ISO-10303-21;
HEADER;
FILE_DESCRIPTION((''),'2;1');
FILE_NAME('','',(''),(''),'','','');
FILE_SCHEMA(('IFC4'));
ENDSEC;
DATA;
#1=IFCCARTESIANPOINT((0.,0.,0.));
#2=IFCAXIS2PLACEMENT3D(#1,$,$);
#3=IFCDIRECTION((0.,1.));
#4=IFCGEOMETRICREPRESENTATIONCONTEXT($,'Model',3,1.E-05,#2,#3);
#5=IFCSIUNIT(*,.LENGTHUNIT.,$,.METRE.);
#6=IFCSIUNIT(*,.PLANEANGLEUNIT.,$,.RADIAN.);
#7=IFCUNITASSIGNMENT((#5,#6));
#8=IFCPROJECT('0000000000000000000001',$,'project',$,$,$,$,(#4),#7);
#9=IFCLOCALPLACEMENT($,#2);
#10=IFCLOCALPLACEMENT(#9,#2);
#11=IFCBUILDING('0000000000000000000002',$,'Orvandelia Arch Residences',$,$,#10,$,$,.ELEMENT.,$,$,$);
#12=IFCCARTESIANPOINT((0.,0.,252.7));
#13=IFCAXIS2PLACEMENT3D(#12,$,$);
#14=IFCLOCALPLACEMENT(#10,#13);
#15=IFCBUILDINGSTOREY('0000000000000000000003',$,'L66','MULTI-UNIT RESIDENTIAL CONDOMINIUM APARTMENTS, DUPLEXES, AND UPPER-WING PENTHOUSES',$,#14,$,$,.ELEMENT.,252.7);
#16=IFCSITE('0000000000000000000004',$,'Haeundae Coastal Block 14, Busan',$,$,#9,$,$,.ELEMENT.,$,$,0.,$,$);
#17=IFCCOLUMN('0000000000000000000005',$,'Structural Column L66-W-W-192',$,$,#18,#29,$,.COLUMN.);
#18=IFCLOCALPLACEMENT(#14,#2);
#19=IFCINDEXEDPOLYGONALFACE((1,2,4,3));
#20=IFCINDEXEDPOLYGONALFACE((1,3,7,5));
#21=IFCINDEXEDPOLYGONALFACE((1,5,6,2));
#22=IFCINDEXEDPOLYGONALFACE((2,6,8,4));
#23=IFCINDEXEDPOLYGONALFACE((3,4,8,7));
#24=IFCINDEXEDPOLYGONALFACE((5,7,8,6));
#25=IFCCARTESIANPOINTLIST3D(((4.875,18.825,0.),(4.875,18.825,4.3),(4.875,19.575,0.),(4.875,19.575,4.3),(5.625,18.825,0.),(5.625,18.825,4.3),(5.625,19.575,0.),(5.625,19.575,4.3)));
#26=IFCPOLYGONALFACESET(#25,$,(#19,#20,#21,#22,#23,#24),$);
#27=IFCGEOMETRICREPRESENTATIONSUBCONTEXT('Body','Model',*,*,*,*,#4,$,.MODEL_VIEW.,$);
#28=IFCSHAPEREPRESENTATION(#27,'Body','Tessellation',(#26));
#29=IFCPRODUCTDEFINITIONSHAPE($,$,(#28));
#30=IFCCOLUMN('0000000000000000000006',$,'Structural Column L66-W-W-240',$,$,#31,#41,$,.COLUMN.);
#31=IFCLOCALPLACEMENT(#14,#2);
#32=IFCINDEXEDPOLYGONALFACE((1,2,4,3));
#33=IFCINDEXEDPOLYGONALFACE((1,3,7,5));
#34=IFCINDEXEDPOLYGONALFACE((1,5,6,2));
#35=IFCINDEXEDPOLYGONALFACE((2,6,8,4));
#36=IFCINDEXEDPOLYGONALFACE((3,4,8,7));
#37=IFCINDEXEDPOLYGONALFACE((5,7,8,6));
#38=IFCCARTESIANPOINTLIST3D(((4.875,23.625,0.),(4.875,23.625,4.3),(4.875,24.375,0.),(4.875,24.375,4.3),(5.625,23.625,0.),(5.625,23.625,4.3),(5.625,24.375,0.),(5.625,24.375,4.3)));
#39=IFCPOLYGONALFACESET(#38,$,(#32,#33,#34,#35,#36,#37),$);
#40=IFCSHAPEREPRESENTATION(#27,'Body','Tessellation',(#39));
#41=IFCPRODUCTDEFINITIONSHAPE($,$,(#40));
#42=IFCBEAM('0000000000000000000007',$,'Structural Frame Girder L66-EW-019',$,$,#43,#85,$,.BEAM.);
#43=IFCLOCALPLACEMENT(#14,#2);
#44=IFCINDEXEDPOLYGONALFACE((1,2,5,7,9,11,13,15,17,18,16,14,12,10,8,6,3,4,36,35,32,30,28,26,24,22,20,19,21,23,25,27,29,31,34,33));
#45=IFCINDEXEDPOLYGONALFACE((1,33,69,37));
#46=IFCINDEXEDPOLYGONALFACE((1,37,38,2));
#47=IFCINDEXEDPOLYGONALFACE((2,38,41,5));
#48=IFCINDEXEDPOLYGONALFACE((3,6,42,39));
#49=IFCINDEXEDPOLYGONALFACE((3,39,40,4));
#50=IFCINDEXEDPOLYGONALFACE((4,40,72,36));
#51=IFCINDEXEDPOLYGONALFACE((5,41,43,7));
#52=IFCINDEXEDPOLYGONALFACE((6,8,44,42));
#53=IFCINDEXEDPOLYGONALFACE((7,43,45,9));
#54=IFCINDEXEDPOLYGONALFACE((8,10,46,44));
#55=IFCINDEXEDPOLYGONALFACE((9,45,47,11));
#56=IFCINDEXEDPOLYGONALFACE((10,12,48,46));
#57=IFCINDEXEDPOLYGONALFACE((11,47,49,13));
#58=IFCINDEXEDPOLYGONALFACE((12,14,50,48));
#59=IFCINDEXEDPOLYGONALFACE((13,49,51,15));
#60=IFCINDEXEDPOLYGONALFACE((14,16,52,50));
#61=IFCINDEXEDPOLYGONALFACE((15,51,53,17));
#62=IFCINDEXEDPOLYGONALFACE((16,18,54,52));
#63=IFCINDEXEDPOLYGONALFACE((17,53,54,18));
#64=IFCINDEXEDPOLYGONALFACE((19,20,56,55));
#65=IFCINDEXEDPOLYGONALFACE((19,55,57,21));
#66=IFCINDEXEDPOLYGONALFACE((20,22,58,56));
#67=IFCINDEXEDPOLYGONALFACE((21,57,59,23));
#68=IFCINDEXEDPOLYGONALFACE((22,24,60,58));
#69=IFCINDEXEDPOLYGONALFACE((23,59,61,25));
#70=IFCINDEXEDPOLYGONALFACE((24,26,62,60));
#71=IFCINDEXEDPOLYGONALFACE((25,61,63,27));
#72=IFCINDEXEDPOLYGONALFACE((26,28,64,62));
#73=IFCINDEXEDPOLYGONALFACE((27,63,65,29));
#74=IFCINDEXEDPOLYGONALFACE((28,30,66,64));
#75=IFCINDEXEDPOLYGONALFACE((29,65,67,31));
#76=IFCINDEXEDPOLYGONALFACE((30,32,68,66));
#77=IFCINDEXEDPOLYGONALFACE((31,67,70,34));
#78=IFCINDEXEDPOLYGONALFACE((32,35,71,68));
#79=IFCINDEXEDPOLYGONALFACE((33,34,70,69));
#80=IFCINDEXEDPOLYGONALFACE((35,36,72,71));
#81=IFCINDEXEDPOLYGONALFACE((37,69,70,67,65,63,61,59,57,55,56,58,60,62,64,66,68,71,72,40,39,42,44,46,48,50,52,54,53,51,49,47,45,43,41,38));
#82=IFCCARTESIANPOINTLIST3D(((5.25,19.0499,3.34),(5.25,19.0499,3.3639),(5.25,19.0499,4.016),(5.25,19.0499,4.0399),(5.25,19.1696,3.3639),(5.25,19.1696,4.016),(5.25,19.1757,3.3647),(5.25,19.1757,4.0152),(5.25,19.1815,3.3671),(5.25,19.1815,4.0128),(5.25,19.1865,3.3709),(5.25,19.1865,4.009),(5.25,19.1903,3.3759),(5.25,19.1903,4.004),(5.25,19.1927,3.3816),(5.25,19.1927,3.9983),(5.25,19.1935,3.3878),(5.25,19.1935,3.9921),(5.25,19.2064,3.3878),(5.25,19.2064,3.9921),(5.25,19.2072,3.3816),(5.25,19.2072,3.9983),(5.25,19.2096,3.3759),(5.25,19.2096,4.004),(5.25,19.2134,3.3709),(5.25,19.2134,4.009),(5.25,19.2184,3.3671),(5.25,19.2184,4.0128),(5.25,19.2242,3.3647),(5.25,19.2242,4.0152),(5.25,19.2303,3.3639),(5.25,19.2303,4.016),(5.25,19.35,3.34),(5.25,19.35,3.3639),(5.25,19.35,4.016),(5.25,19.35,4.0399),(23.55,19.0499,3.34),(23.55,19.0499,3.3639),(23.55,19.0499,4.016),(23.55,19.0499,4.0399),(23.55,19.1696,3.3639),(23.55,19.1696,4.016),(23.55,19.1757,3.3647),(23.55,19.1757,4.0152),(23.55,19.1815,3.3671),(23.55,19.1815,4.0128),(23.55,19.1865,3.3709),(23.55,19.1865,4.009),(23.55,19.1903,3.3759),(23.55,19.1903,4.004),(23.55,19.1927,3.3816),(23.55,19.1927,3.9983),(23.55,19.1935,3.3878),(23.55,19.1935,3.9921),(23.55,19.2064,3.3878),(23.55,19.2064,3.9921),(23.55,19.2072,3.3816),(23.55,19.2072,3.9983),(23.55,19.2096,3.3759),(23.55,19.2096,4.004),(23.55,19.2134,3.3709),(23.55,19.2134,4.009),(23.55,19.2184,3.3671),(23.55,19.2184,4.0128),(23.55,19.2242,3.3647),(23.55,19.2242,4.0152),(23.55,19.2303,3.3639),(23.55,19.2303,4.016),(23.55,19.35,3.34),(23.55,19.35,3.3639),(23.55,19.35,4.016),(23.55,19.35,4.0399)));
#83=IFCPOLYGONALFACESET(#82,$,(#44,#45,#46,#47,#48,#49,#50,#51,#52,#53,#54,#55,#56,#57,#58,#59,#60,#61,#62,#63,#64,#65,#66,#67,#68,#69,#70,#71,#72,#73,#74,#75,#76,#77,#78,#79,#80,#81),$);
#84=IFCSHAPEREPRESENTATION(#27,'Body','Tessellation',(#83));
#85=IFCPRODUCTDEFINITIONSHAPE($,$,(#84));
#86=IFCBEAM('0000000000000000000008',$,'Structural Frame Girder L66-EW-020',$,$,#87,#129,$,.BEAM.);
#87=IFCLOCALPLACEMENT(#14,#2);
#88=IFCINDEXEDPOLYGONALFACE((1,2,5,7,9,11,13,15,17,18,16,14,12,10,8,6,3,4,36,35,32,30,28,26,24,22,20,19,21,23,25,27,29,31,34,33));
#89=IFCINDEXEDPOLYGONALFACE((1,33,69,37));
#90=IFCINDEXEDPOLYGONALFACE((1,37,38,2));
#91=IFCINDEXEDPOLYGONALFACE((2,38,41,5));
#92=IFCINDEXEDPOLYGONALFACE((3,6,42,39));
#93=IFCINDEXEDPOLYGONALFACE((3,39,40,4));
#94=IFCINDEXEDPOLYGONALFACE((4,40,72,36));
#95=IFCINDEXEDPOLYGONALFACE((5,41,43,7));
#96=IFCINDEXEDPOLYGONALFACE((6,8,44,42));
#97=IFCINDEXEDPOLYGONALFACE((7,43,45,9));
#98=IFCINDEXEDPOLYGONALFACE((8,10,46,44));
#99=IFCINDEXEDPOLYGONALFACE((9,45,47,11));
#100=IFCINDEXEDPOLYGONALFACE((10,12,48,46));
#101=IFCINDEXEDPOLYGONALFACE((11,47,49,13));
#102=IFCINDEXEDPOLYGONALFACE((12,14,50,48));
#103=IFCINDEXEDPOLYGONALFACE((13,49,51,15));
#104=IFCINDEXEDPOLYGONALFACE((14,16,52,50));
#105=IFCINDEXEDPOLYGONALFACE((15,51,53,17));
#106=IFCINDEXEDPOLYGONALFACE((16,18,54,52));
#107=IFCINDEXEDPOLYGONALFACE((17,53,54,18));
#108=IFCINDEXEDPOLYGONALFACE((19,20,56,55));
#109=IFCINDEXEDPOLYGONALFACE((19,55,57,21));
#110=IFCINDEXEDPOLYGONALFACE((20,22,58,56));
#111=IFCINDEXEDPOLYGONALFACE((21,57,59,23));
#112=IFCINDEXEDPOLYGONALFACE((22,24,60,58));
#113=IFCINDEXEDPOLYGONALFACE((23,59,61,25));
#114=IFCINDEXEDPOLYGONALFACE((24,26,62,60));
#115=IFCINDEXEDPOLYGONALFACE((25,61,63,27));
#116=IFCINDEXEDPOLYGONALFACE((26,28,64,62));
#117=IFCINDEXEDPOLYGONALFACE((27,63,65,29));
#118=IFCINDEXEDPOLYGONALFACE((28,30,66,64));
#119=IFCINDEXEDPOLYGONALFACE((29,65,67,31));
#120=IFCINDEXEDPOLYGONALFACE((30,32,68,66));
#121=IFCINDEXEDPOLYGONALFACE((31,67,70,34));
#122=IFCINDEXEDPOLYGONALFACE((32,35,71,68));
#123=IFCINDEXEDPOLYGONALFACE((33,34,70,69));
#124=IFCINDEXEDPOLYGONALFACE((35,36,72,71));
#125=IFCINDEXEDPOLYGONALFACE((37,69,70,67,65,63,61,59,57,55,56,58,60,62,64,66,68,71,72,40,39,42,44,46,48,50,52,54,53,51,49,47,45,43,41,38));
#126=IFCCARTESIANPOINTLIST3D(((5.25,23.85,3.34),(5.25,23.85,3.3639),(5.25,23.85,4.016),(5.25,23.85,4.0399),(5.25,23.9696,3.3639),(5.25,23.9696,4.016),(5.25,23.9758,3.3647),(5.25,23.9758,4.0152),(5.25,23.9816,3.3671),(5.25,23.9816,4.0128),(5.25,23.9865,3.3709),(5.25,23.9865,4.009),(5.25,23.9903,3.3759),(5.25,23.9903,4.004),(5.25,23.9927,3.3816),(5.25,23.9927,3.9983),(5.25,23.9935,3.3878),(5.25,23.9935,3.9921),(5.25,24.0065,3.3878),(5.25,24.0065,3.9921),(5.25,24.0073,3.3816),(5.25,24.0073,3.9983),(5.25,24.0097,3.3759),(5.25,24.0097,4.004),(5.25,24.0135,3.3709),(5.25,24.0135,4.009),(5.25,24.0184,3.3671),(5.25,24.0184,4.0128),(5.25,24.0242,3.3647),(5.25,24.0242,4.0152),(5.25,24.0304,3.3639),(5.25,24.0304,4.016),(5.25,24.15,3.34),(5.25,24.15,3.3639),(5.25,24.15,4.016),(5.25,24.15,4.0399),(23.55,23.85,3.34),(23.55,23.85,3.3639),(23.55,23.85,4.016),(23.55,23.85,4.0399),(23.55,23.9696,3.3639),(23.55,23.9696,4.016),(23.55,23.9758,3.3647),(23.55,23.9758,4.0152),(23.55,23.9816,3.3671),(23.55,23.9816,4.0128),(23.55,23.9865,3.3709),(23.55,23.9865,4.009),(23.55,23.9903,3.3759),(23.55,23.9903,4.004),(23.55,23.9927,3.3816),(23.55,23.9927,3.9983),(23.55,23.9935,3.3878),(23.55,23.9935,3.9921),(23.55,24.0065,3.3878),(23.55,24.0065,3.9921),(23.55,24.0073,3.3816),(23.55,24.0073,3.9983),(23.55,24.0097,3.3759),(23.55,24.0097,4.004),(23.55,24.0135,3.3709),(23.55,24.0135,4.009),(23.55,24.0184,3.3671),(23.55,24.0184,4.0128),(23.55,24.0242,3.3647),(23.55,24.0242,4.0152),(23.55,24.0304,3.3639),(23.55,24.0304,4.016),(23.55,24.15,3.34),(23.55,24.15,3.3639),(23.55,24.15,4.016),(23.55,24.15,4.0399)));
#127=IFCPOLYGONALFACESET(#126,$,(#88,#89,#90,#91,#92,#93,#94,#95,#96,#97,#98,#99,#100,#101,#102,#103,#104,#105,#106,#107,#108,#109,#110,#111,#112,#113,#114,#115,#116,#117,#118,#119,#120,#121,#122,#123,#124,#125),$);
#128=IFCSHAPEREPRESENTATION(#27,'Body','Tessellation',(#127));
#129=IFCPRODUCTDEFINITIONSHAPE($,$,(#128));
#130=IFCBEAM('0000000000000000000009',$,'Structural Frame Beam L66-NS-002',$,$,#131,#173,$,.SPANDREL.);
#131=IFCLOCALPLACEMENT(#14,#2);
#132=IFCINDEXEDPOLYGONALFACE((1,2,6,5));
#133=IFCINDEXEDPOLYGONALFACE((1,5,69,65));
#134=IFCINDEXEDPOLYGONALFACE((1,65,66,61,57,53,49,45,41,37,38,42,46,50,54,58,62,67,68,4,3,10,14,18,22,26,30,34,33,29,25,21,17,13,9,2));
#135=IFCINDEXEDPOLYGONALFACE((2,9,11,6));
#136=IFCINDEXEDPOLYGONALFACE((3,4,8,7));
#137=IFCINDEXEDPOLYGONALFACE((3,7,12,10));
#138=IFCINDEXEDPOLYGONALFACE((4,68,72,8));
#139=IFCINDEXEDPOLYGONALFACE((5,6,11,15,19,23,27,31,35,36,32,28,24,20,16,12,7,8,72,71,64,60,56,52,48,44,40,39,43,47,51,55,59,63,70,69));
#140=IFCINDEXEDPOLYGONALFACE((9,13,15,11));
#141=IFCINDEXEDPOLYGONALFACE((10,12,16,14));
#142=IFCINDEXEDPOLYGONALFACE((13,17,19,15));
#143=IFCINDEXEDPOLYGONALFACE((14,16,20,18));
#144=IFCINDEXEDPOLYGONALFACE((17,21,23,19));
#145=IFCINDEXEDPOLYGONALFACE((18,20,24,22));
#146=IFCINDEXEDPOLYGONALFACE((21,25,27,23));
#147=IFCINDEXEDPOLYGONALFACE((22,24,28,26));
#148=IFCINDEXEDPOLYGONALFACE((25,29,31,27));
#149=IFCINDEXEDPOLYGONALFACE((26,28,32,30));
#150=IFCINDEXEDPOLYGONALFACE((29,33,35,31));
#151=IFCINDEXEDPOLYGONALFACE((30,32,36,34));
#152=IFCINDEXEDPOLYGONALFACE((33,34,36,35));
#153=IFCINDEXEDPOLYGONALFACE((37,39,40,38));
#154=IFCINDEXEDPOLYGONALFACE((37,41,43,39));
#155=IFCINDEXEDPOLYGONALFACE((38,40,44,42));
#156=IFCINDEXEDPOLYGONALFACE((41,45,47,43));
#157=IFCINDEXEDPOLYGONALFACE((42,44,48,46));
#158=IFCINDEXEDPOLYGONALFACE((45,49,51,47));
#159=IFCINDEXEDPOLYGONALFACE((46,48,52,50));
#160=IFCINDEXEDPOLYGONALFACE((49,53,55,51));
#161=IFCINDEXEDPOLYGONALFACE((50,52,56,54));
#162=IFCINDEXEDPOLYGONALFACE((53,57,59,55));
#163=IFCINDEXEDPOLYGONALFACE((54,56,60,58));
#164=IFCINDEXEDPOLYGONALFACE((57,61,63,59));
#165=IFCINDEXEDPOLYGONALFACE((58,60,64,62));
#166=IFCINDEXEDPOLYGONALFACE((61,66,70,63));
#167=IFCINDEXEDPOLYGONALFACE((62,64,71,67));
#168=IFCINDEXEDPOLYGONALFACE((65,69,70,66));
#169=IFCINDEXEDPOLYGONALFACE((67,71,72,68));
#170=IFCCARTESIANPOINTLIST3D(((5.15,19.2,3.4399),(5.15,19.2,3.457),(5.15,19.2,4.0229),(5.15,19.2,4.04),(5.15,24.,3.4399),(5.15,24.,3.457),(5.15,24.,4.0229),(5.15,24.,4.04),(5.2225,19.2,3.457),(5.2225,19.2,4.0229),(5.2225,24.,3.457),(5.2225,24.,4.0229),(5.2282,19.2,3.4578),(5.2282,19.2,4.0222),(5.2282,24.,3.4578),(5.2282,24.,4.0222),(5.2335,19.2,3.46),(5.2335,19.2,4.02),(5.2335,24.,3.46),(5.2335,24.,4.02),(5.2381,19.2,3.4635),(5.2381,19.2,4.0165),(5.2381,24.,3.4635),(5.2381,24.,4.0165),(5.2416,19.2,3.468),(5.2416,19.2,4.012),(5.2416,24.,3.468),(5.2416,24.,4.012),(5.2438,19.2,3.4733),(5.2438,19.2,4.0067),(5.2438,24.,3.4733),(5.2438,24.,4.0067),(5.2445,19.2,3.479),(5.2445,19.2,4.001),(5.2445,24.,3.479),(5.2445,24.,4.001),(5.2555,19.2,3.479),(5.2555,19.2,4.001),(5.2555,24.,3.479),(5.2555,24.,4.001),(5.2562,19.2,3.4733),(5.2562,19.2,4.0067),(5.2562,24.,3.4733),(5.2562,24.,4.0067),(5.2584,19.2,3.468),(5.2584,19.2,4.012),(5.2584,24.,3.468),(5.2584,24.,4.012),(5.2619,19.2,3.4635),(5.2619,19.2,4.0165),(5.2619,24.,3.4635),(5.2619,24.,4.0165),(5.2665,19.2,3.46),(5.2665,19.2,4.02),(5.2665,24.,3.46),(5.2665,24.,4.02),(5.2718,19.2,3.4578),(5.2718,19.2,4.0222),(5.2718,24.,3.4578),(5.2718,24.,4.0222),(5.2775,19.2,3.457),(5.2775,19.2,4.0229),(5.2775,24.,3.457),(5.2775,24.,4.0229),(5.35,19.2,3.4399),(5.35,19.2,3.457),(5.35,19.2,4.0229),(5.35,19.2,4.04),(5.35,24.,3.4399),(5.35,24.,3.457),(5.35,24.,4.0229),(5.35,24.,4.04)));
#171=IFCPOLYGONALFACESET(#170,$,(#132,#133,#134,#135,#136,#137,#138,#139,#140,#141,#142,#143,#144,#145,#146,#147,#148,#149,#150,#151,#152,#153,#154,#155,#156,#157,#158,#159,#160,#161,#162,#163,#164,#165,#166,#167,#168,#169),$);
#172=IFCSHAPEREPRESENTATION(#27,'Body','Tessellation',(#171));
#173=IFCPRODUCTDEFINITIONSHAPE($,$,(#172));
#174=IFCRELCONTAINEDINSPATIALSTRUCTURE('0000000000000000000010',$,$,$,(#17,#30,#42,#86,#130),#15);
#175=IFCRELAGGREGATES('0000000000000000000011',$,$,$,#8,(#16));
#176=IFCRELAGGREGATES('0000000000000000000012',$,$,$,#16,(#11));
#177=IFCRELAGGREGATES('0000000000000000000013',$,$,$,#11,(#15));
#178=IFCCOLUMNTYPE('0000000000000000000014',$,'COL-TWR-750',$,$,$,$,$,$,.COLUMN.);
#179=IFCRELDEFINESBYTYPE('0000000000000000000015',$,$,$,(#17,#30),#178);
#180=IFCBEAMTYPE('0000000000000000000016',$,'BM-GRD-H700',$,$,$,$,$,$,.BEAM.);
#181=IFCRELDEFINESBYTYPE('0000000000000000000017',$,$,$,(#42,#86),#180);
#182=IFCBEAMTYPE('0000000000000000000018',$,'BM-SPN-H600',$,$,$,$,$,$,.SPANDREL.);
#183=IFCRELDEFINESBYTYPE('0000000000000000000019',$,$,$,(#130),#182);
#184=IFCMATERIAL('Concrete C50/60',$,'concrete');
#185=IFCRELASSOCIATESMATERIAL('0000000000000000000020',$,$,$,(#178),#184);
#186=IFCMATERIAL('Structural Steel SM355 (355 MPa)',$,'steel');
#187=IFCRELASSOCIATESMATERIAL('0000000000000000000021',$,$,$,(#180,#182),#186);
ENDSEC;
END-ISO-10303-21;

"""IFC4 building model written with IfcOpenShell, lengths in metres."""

from ifc_helpers import new_model, si_unit, direction, frame, origin, origin_2d, place, context, subcontext, project, spatial, rectangle, i_section, extrude, material, material_profile, profile_set, type_object, element, save


model = new_model("IFC4")

# Units and contexts
model_context = context("Model", 3, precision=1e-05, world=origin(), true_north=direction((0.0, 1.0)))
body_context = subcontext(model_context, "Body", "Model", "MODEL_VIEW")
ifc_project = project(units=[si_unit("LENGTHUNIT", "METRE"), si_unit("PLANEANGLEUNIT", "RADIAN")], contexts=[model_context])

# Site, building, storey
site_placement = place(None, origin())
site = spatial("IfcSite", under=ifc_project, at=site_placement, Name="Haeundae Coastal Block 14, Busan", CompositionType="ELEMENT", RefElevation=0.0)
building_placement = place(site_placement, origin())
building = spatial("IfcBuilding", under=site, at=building_placement, Name="Orvandelia Arch Residences", CompositionType="ELEMENT")
storey_placement = place(building_placement, frame((0.0, 0.0, 252.7)))
storey = spatial("IfcBuildingStorey", under=building, at=storey_placement, Name="L66", Description="MULTI-UNIT RESIDENTIAL CONDOMINIUM APARTMENTS, DUPLEXES, AND UPPER-WING PENTHOUSES", CompositionType="ELEMENT", Elevation=252.7)

# Columns
ifc_material_1 = material(Name="Concrete C50/60", Category="concrete")
ifc_material_profile_1 = material_profile(ifc_material_1, rectangle(XDim=0.75, YDim=0.75, at=origin_2d()), Name="Concrete C50/60", Category="concrete")
ifc_profile_set_1 = profile_set([ifc_material_profile_1], Name="Concrete C50/60")
column_type = type_object("IfcColumnType", Name="COL-TWR-750", PredefinedType="COLUMN", material=ifc_profile_set_1)
for number, where, z_axis, x_axis, name in (
    (1, (5.25, 19.2, 0.0), (0.0, 0.0, 1.0), (1.0, 0.0, 0.0), "Structural Column L66-W-W-192"),
    (2, (5.25, 24.0, 0.0), (0.0, 0.0, 1.0), (1.0, 0.0, 0.0), "Structural Column L66-W-W-240"),
):
    element("IfcColumn", number, at=place(storey_placement, frame(where, z_axis=z_axis, x_axis=x_axis)), inside=storey, type_object=column_type, Name=name, PredefinedType="COLUMN", context=body_context, shape_type="SweptSolid", body=[
        extrude(rectangle(XDim=0.75, YDim=0.75, at=origin_2d()), origin(), (0.0, 0.0, 1.0), 4.3),
    ])

# Beams
ifc_material_2 = material(Name="Structural Steel SM355 (355 MPa)", Category="steel")
ifc_material_profile_2 = material_profile(ifc_material_2, i_section(OverallWidth=0.3, OverallDepth=0.7, WebThickness=0.0129, FlangeThickness=0.0239, FilletRadius=0.0239, at=origin_2d()), Name="Structural Steel SM355 (355 MPa)", Category="steel")
ifc_profile_set_2 = profile_set([ifc_material_profile_2], Name="Structural Steel SM355 (355 MPa)")
beam_type_1 = type_object("IfcBeamType", Name="BM-GRD-H700", PredefinedType="BEAM", material=ifc_profile_set_2)
for number, where, z_axis, x_axis, name in (
    (3, (5.25, 19.2, 3.6899), (1.0, 0.0, 0.0), (0.0, 1.0, 0.0), "Structural Frame Girder L66-EW-019"),
    (4, (5.25, 24.0, 3.6899), (1.0, 0.0, 0.0), (0.0, 1.0, 0.0), "Structural Frame Girder L66-EW-020"),
):
    element("IfcBeam", number, at=place(storey_placement, frame(where, z_axis=z_axis, x_axis=x_axis)), inside=storey, type_object=beam_type_1, Name=name, PredefinedType="BEAM", context=body_context, shape_type="SweptSolid", body=[
        extrude(i_section(OverallWidth=0.3, OverallDepth=0.7, WebThickness=0.0129, FlangeThickness=0.0239, FilletRadius=0.0239, at=origin_2d()), origin(), (0.0, 0.0, 1.0), 18.3),
    ])
ifc_material_profile_3 = material_profile(ifc_material_2, i_section(OverallWidth=0.2, OverallDepth=0.6001, WebThickness=0.011, FlangeThickness=0.0171, FilletRadius=0.022, at=origin_2d()), Name="Structural Steel SM355 (355 MPa)", Category="steel")
ifc_profile_set_3 = profile_set([ifc_material_profile_3], Name="Structural Steel SM355 (355 MPa)")
beam_type_2 = type_object("IfcBeamType", Name="BM-SPN-H600", PredefinedType="SPANDREL", material=ifc_profile_set_3)
beam_1_placement = place(storey_placement, frame((5.25, 19.2, 3.74), z_axis=(0.0, 1.0, 0.0), x_axis=(-1.0, 0.0, 0.0)))
element("IfcBeam", 5, at=beam_1_placement, inside=storey, type_object=beam_type_2, Name="Structural Frame Beam L66-NS-002", PredefinedType="SPANDREL", context=body_context, shape_type="SweptSolid", body=[
    extrude(i_section(OverallWidth=0.2, OverallDepth=0.6001, WebThickness=0.011, FlangeThickness=0.0171, FilletRadius=0.022, at=origin_2d()), origin(), (0.0, 0.0, 1.0), 4.8),
])

save(model, "model.ifc")
